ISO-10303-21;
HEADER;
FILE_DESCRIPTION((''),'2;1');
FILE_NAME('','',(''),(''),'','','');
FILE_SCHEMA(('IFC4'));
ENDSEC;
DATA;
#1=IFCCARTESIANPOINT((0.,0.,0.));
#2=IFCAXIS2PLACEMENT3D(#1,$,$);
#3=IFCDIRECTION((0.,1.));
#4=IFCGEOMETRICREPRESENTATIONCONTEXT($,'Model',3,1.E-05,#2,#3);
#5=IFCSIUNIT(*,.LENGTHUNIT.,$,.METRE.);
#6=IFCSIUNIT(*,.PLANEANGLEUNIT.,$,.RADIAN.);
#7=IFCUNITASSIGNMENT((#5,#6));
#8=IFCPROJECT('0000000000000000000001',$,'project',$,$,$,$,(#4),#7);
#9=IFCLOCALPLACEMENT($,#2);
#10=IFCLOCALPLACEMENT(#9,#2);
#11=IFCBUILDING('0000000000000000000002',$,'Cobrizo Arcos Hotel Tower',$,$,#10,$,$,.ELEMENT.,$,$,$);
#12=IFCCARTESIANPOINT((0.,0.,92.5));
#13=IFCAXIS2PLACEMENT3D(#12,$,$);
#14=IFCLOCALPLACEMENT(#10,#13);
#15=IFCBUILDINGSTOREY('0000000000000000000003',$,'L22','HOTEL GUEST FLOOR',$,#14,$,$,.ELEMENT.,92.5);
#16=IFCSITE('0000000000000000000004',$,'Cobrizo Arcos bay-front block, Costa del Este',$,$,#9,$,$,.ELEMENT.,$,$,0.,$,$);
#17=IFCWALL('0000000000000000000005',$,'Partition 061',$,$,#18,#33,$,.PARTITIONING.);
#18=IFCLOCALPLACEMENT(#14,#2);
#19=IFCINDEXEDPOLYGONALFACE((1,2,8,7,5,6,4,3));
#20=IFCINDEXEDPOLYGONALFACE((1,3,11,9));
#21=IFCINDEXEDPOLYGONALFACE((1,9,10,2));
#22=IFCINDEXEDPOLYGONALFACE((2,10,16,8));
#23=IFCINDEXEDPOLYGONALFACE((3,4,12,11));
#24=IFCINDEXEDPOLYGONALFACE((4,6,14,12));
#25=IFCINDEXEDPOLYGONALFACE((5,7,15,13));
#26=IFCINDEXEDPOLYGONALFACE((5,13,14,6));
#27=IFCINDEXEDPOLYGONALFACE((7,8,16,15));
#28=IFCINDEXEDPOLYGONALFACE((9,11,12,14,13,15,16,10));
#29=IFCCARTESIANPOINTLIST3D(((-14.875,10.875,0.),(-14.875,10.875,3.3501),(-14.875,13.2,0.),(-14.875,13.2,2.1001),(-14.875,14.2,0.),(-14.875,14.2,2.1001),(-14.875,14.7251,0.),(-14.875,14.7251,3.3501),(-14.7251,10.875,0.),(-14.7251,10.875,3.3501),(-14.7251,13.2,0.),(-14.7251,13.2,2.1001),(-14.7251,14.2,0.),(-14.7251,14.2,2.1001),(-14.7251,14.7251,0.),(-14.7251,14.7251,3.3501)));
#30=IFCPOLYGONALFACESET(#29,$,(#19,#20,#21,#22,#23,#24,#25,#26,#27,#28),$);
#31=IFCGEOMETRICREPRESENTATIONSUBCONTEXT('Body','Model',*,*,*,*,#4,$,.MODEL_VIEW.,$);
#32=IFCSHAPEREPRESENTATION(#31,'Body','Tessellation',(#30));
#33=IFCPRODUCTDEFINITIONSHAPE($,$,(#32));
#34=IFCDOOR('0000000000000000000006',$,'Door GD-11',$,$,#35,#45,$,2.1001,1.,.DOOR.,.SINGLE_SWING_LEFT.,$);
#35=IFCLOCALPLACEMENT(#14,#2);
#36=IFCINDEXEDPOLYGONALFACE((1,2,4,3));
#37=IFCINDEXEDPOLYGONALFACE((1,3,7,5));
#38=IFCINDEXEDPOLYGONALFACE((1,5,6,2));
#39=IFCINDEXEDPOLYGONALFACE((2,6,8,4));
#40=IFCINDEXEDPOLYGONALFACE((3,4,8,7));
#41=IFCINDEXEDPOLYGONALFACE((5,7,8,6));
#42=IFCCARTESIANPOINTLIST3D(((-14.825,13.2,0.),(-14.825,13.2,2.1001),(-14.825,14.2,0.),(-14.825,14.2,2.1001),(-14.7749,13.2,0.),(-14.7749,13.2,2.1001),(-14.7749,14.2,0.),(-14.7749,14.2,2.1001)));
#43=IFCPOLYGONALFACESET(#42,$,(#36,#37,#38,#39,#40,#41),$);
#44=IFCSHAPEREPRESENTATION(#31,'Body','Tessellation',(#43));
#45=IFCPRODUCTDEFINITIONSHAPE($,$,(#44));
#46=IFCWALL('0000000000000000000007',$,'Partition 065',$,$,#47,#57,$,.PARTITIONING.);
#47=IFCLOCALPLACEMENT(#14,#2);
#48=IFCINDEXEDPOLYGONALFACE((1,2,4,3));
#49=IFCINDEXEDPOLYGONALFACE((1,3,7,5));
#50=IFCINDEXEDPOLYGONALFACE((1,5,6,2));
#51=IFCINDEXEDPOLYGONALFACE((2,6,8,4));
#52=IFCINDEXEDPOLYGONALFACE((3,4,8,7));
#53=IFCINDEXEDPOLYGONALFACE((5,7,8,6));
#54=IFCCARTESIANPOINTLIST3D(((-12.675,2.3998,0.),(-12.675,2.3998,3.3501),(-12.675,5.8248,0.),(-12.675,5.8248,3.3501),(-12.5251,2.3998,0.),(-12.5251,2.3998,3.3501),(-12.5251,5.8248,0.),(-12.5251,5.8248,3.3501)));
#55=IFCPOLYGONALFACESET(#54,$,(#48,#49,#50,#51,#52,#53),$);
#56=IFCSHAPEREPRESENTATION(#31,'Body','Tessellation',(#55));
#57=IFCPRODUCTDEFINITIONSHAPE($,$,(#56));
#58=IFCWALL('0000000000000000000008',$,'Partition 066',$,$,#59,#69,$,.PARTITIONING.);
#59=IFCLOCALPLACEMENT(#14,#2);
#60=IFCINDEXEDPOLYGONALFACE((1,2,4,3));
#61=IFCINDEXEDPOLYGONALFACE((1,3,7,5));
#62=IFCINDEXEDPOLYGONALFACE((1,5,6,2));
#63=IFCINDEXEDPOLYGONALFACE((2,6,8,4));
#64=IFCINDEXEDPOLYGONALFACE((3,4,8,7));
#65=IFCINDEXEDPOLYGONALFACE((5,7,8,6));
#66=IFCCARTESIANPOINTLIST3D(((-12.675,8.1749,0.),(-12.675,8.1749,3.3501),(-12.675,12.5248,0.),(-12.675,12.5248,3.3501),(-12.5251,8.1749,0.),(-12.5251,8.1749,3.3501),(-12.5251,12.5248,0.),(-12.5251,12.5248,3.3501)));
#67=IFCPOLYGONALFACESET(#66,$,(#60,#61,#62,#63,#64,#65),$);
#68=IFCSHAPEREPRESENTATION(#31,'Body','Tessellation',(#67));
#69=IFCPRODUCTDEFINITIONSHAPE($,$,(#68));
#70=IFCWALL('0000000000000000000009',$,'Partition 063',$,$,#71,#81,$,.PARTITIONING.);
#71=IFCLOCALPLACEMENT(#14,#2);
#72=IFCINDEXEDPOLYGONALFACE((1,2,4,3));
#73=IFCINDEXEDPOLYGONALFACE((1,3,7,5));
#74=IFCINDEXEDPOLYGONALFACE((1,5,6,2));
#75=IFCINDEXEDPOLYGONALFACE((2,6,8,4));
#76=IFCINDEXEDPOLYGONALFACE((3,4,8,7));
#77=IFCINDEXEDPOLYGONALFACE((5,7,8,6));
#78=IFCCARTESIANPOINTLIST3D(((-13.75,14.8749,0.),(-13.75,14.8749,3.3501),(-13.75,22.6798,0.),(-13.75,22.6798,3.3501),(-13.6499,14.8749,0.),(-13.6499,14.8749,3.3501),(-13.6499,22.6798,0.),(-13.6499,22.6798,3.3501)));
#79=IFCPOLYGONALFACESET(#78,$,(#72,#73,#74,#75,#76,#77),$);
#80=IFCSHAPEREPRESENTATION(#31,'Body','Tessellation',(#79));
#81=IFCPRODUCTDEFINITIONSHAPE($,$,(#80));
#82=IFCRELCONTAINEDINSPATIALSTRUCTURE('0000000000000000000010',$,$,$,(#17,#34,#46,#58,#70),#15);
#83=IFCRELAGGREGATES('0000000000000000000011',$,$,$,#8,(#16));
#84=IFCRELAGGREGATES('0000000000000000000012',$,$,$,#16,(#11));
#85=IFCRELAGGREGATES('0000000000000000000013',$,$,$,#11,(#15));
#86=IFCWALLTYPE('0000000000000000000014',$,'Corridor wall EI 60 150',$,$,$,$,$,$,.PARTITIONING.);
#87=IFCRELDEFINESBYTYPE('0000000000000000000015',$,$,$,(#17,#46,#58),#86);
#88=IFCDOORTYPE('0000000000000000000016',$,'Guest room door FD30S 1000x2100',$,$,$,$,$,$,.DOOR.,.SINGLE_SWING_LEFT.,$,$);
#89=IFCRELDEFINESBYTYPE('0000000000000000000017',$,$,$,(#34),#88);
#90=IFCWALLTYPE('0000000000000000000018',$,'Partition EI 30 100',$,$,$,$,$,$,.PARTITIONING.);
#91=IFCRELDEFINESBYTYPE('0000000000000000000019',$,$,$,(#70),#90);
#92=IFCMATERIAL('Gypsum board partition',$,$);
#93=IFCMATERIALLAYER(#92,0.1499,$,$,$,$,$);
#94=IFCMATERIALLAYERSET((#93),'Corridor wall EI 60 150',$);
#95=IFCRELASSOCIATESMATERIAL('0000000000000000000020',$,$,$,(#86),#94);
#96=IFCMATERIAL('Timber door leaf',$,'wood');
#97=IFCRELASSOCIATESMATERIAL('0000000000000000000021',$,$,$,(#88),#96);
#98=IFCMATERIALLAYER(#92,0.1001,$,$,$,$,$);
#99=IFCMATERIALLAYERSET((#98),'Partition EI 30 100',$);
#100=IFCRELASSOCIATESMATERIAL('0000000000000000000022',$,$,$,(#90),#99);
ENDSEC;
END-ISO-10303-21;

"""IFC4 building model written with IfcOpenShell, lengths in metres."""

from ifc_helpers import new_model, si_unit, direction, frame, frame_2d, origin, place, context, subcontext, project, spatial, rectangle, extrude, material, layer, layer_set, type_object, element, fill, save


model = new_model("IFC4")

# Units and contexts
model_context = context("Model", 3, precision=1e-05, world=origin(), true_north=direction((0.0, 1.0)))
body_context = subcontext(model_context, "Body", "Model", "MODEL_VIEW")
ifc_project = project(units=[si_unit("LENGTHUNIT", "METRE"), si_unit("PLANEANGLEUNIT", "RADIAN")], contexts=[model_context])

# Site, building, storey
site_placement = place(None, origin())
site = spatial("IfcSite", under=ifc_project, at=site_placement, Name="Cobrizo Arcos bay-front block, Costa del Este", CompositionType="ELEMENT", RefElevation=0.0)
building_placement = place(site_placement, origin())
building = spatial("IfcBuilding", under=site, at=building_placement, Name="Cobrizo Arcos Hotel Tower", CompositionType="ELEMENT")
storey_placement = place(building_placement, frame((0.0, 0.0, 92.5)))
storey = spatial("IfcBuildingStorey", under=building, at=storey_placement, Name="L22", Description="HOTEL GUEST FLOOR", CompositionType="ELEMENT", Elevation=92.5)

# Shared definitions
ifc_material_1 = material(Name="Gypsum board partition")
ifc_layer_1 = layer(ifc_material_1, 0.1499)
ifc_layer_set_1 = layer_set([ifc_layer_1], Name="Corridor wall EI 60 150")
wall_type_1 = type_object("IfcWallType", Name="Corridor wall EI 60 150", PredefinedType="PARTITIONING", material=ifc_layer_set_1)

# Shared definitions
ifc_material_2 = material(Name="Timber door leaf", Category="wood")

# Shared definitions
door_type_1 = type_object("IfcDoorType", Name="Guest room door FD30S 1000x2100", OperationType="SINGLE_SWING_LEFT", PredefinedType="DOOR", material=ifc_material_2)

# Wall, opening, door
wall_1_placement = place(storey_placement, frame((-14.8, 10.875, 0.0), z_axis=(0.0, 0.0, 1.0), x_axis=(0.0, 1.0, 0.0)))
wall_1 = element("IfcWall", 1, at=wall_1_placement, inside=storey, type_object=wall_type_1, Name="Partition 061", PredefinedType="PARTITIONING", context=body_context, shape_type="SweptSolid", body=[
    extrude(rectangle(XDim=3.8501, YDim=0.1499, at=frame_2d((1.925, 0.0))), origin(), (0.0, 0.0, 1.0), 3.3501),
])
opening_1_placement = place(wall_1_placement, frame((2.325, 0.0, 0.0)))
opening_1 = element("IfcOpeningElement", 2, at=opening_1_placement, cuts=wall_1, PredefinedType="OPENING", context=body_context, shape_type="SweptSolid", body=[
    extrude(rectangle(XDim=1.0, YDim=2.1001, at=frame_2d((0.5, 1.05))), frame((0.0, 0.0869, 0.0), z_axis=(0.0, -1.0, 0.0), x_axis=(1.0, 0.0, 0.0)), (0.0, 0.0, 1.0), 0.1738),
])
door_1_placement = place(opening_1_placement, origin())
door_1 = element("IfcDoor", 3, at=door_1_placement, inside=storey, type_object=door_type_1, Name="Door GD-11", OperationType="SINGLE_SWING_LEFT", OverallHeight=2.1001, OverallWidth=1.0, PredefinedType="DOOR", context=body_context, shape_type="SweptSolid", body=[
    extrude(rectangle(XDim=1.0, YDim=2.1001, at=frame_2d((0.5, 1.05))), frame((0.0, 0.0249, 0.0), z_axis=(0.0, -1.0, 0.0), x_axis=(1.0, 0.0, 0.0)), (0.0, 0.0, 1.0), 0.05),
])
fill(opening_1, door_1)

# Walls
wall_2_placement = place(storey_placement, frame((-12.6001, 2.3999, 0.0), z_axis=(0.0, 0.0, 1.0), x_axis=(0.0, 1.0, 0.0)))
element("IfcWall", 4, at=wall_2_placement, inside=storey, type_object=wall_type_1, Name="Partition 065", PredefinedType="PARTITIONING", context=body_context, shape_type="SweptSolid", body=[
    extrude(rectangle(XDim=3.425, YDim=0.1499, at=frame_2d((1.7124, 0.0))), origin(), (0.0, 0.0, 1.0), 3.3501),
])
wall_3_placement = place(storey_placement, frame((-12.6001, 8.175, 0.0), z_axis=(0.0, 0.0, 1.0), x_axis=(0.0, 1.0, 0.0)))
element("IfcWall", 5, at=wall_3_placement, inside=storey, type_object=wall_type_1, Name="Partition 066", PredefinedType="PARTITIONING", context=body_context, shape_type="SweptSolid", body=[
    extrude(rectangle(XDim=4.3499, YDim=0.1499, at=frame_2d((2.1748, 0.0))), origin(), (0.0, 0.0, 1.0), 3.3501),
])
ifc_layer_2 = layer(ifc_material_1, 0.1001)
ifc_layer_set_2 = layer_set([ifc_layer_2], Name="Partition EI 30 100")
wall_type_2 = type_object("IfcWallType", Name="Partition EI 30 100", PredefinedType="PARTITIONING", material=ifc_layer_set_2)
wall_4_placement = place(storey_placement, frame((-13.7, 14.875, 0.0), z_axis=(0.0, 0.0, 1.0), x_axis=(0.0, 1.0, 0.0)))
element("IfcWall", 6, at=wall_4_placement, inside=storey, type_object=wall_type_2, Name="Partition 063", PredefinedType="PARTITIONING", context=body_context, shape_type="SweptSolid", body=[
    extrude(rectangle(XDim=7.8049, YDim=0.1001, at=frame_2d((3.9023, 0.0))), origin(), (0.0, 0.0, 1.0), 3.3501),
])

save(model, "model.ifc")
